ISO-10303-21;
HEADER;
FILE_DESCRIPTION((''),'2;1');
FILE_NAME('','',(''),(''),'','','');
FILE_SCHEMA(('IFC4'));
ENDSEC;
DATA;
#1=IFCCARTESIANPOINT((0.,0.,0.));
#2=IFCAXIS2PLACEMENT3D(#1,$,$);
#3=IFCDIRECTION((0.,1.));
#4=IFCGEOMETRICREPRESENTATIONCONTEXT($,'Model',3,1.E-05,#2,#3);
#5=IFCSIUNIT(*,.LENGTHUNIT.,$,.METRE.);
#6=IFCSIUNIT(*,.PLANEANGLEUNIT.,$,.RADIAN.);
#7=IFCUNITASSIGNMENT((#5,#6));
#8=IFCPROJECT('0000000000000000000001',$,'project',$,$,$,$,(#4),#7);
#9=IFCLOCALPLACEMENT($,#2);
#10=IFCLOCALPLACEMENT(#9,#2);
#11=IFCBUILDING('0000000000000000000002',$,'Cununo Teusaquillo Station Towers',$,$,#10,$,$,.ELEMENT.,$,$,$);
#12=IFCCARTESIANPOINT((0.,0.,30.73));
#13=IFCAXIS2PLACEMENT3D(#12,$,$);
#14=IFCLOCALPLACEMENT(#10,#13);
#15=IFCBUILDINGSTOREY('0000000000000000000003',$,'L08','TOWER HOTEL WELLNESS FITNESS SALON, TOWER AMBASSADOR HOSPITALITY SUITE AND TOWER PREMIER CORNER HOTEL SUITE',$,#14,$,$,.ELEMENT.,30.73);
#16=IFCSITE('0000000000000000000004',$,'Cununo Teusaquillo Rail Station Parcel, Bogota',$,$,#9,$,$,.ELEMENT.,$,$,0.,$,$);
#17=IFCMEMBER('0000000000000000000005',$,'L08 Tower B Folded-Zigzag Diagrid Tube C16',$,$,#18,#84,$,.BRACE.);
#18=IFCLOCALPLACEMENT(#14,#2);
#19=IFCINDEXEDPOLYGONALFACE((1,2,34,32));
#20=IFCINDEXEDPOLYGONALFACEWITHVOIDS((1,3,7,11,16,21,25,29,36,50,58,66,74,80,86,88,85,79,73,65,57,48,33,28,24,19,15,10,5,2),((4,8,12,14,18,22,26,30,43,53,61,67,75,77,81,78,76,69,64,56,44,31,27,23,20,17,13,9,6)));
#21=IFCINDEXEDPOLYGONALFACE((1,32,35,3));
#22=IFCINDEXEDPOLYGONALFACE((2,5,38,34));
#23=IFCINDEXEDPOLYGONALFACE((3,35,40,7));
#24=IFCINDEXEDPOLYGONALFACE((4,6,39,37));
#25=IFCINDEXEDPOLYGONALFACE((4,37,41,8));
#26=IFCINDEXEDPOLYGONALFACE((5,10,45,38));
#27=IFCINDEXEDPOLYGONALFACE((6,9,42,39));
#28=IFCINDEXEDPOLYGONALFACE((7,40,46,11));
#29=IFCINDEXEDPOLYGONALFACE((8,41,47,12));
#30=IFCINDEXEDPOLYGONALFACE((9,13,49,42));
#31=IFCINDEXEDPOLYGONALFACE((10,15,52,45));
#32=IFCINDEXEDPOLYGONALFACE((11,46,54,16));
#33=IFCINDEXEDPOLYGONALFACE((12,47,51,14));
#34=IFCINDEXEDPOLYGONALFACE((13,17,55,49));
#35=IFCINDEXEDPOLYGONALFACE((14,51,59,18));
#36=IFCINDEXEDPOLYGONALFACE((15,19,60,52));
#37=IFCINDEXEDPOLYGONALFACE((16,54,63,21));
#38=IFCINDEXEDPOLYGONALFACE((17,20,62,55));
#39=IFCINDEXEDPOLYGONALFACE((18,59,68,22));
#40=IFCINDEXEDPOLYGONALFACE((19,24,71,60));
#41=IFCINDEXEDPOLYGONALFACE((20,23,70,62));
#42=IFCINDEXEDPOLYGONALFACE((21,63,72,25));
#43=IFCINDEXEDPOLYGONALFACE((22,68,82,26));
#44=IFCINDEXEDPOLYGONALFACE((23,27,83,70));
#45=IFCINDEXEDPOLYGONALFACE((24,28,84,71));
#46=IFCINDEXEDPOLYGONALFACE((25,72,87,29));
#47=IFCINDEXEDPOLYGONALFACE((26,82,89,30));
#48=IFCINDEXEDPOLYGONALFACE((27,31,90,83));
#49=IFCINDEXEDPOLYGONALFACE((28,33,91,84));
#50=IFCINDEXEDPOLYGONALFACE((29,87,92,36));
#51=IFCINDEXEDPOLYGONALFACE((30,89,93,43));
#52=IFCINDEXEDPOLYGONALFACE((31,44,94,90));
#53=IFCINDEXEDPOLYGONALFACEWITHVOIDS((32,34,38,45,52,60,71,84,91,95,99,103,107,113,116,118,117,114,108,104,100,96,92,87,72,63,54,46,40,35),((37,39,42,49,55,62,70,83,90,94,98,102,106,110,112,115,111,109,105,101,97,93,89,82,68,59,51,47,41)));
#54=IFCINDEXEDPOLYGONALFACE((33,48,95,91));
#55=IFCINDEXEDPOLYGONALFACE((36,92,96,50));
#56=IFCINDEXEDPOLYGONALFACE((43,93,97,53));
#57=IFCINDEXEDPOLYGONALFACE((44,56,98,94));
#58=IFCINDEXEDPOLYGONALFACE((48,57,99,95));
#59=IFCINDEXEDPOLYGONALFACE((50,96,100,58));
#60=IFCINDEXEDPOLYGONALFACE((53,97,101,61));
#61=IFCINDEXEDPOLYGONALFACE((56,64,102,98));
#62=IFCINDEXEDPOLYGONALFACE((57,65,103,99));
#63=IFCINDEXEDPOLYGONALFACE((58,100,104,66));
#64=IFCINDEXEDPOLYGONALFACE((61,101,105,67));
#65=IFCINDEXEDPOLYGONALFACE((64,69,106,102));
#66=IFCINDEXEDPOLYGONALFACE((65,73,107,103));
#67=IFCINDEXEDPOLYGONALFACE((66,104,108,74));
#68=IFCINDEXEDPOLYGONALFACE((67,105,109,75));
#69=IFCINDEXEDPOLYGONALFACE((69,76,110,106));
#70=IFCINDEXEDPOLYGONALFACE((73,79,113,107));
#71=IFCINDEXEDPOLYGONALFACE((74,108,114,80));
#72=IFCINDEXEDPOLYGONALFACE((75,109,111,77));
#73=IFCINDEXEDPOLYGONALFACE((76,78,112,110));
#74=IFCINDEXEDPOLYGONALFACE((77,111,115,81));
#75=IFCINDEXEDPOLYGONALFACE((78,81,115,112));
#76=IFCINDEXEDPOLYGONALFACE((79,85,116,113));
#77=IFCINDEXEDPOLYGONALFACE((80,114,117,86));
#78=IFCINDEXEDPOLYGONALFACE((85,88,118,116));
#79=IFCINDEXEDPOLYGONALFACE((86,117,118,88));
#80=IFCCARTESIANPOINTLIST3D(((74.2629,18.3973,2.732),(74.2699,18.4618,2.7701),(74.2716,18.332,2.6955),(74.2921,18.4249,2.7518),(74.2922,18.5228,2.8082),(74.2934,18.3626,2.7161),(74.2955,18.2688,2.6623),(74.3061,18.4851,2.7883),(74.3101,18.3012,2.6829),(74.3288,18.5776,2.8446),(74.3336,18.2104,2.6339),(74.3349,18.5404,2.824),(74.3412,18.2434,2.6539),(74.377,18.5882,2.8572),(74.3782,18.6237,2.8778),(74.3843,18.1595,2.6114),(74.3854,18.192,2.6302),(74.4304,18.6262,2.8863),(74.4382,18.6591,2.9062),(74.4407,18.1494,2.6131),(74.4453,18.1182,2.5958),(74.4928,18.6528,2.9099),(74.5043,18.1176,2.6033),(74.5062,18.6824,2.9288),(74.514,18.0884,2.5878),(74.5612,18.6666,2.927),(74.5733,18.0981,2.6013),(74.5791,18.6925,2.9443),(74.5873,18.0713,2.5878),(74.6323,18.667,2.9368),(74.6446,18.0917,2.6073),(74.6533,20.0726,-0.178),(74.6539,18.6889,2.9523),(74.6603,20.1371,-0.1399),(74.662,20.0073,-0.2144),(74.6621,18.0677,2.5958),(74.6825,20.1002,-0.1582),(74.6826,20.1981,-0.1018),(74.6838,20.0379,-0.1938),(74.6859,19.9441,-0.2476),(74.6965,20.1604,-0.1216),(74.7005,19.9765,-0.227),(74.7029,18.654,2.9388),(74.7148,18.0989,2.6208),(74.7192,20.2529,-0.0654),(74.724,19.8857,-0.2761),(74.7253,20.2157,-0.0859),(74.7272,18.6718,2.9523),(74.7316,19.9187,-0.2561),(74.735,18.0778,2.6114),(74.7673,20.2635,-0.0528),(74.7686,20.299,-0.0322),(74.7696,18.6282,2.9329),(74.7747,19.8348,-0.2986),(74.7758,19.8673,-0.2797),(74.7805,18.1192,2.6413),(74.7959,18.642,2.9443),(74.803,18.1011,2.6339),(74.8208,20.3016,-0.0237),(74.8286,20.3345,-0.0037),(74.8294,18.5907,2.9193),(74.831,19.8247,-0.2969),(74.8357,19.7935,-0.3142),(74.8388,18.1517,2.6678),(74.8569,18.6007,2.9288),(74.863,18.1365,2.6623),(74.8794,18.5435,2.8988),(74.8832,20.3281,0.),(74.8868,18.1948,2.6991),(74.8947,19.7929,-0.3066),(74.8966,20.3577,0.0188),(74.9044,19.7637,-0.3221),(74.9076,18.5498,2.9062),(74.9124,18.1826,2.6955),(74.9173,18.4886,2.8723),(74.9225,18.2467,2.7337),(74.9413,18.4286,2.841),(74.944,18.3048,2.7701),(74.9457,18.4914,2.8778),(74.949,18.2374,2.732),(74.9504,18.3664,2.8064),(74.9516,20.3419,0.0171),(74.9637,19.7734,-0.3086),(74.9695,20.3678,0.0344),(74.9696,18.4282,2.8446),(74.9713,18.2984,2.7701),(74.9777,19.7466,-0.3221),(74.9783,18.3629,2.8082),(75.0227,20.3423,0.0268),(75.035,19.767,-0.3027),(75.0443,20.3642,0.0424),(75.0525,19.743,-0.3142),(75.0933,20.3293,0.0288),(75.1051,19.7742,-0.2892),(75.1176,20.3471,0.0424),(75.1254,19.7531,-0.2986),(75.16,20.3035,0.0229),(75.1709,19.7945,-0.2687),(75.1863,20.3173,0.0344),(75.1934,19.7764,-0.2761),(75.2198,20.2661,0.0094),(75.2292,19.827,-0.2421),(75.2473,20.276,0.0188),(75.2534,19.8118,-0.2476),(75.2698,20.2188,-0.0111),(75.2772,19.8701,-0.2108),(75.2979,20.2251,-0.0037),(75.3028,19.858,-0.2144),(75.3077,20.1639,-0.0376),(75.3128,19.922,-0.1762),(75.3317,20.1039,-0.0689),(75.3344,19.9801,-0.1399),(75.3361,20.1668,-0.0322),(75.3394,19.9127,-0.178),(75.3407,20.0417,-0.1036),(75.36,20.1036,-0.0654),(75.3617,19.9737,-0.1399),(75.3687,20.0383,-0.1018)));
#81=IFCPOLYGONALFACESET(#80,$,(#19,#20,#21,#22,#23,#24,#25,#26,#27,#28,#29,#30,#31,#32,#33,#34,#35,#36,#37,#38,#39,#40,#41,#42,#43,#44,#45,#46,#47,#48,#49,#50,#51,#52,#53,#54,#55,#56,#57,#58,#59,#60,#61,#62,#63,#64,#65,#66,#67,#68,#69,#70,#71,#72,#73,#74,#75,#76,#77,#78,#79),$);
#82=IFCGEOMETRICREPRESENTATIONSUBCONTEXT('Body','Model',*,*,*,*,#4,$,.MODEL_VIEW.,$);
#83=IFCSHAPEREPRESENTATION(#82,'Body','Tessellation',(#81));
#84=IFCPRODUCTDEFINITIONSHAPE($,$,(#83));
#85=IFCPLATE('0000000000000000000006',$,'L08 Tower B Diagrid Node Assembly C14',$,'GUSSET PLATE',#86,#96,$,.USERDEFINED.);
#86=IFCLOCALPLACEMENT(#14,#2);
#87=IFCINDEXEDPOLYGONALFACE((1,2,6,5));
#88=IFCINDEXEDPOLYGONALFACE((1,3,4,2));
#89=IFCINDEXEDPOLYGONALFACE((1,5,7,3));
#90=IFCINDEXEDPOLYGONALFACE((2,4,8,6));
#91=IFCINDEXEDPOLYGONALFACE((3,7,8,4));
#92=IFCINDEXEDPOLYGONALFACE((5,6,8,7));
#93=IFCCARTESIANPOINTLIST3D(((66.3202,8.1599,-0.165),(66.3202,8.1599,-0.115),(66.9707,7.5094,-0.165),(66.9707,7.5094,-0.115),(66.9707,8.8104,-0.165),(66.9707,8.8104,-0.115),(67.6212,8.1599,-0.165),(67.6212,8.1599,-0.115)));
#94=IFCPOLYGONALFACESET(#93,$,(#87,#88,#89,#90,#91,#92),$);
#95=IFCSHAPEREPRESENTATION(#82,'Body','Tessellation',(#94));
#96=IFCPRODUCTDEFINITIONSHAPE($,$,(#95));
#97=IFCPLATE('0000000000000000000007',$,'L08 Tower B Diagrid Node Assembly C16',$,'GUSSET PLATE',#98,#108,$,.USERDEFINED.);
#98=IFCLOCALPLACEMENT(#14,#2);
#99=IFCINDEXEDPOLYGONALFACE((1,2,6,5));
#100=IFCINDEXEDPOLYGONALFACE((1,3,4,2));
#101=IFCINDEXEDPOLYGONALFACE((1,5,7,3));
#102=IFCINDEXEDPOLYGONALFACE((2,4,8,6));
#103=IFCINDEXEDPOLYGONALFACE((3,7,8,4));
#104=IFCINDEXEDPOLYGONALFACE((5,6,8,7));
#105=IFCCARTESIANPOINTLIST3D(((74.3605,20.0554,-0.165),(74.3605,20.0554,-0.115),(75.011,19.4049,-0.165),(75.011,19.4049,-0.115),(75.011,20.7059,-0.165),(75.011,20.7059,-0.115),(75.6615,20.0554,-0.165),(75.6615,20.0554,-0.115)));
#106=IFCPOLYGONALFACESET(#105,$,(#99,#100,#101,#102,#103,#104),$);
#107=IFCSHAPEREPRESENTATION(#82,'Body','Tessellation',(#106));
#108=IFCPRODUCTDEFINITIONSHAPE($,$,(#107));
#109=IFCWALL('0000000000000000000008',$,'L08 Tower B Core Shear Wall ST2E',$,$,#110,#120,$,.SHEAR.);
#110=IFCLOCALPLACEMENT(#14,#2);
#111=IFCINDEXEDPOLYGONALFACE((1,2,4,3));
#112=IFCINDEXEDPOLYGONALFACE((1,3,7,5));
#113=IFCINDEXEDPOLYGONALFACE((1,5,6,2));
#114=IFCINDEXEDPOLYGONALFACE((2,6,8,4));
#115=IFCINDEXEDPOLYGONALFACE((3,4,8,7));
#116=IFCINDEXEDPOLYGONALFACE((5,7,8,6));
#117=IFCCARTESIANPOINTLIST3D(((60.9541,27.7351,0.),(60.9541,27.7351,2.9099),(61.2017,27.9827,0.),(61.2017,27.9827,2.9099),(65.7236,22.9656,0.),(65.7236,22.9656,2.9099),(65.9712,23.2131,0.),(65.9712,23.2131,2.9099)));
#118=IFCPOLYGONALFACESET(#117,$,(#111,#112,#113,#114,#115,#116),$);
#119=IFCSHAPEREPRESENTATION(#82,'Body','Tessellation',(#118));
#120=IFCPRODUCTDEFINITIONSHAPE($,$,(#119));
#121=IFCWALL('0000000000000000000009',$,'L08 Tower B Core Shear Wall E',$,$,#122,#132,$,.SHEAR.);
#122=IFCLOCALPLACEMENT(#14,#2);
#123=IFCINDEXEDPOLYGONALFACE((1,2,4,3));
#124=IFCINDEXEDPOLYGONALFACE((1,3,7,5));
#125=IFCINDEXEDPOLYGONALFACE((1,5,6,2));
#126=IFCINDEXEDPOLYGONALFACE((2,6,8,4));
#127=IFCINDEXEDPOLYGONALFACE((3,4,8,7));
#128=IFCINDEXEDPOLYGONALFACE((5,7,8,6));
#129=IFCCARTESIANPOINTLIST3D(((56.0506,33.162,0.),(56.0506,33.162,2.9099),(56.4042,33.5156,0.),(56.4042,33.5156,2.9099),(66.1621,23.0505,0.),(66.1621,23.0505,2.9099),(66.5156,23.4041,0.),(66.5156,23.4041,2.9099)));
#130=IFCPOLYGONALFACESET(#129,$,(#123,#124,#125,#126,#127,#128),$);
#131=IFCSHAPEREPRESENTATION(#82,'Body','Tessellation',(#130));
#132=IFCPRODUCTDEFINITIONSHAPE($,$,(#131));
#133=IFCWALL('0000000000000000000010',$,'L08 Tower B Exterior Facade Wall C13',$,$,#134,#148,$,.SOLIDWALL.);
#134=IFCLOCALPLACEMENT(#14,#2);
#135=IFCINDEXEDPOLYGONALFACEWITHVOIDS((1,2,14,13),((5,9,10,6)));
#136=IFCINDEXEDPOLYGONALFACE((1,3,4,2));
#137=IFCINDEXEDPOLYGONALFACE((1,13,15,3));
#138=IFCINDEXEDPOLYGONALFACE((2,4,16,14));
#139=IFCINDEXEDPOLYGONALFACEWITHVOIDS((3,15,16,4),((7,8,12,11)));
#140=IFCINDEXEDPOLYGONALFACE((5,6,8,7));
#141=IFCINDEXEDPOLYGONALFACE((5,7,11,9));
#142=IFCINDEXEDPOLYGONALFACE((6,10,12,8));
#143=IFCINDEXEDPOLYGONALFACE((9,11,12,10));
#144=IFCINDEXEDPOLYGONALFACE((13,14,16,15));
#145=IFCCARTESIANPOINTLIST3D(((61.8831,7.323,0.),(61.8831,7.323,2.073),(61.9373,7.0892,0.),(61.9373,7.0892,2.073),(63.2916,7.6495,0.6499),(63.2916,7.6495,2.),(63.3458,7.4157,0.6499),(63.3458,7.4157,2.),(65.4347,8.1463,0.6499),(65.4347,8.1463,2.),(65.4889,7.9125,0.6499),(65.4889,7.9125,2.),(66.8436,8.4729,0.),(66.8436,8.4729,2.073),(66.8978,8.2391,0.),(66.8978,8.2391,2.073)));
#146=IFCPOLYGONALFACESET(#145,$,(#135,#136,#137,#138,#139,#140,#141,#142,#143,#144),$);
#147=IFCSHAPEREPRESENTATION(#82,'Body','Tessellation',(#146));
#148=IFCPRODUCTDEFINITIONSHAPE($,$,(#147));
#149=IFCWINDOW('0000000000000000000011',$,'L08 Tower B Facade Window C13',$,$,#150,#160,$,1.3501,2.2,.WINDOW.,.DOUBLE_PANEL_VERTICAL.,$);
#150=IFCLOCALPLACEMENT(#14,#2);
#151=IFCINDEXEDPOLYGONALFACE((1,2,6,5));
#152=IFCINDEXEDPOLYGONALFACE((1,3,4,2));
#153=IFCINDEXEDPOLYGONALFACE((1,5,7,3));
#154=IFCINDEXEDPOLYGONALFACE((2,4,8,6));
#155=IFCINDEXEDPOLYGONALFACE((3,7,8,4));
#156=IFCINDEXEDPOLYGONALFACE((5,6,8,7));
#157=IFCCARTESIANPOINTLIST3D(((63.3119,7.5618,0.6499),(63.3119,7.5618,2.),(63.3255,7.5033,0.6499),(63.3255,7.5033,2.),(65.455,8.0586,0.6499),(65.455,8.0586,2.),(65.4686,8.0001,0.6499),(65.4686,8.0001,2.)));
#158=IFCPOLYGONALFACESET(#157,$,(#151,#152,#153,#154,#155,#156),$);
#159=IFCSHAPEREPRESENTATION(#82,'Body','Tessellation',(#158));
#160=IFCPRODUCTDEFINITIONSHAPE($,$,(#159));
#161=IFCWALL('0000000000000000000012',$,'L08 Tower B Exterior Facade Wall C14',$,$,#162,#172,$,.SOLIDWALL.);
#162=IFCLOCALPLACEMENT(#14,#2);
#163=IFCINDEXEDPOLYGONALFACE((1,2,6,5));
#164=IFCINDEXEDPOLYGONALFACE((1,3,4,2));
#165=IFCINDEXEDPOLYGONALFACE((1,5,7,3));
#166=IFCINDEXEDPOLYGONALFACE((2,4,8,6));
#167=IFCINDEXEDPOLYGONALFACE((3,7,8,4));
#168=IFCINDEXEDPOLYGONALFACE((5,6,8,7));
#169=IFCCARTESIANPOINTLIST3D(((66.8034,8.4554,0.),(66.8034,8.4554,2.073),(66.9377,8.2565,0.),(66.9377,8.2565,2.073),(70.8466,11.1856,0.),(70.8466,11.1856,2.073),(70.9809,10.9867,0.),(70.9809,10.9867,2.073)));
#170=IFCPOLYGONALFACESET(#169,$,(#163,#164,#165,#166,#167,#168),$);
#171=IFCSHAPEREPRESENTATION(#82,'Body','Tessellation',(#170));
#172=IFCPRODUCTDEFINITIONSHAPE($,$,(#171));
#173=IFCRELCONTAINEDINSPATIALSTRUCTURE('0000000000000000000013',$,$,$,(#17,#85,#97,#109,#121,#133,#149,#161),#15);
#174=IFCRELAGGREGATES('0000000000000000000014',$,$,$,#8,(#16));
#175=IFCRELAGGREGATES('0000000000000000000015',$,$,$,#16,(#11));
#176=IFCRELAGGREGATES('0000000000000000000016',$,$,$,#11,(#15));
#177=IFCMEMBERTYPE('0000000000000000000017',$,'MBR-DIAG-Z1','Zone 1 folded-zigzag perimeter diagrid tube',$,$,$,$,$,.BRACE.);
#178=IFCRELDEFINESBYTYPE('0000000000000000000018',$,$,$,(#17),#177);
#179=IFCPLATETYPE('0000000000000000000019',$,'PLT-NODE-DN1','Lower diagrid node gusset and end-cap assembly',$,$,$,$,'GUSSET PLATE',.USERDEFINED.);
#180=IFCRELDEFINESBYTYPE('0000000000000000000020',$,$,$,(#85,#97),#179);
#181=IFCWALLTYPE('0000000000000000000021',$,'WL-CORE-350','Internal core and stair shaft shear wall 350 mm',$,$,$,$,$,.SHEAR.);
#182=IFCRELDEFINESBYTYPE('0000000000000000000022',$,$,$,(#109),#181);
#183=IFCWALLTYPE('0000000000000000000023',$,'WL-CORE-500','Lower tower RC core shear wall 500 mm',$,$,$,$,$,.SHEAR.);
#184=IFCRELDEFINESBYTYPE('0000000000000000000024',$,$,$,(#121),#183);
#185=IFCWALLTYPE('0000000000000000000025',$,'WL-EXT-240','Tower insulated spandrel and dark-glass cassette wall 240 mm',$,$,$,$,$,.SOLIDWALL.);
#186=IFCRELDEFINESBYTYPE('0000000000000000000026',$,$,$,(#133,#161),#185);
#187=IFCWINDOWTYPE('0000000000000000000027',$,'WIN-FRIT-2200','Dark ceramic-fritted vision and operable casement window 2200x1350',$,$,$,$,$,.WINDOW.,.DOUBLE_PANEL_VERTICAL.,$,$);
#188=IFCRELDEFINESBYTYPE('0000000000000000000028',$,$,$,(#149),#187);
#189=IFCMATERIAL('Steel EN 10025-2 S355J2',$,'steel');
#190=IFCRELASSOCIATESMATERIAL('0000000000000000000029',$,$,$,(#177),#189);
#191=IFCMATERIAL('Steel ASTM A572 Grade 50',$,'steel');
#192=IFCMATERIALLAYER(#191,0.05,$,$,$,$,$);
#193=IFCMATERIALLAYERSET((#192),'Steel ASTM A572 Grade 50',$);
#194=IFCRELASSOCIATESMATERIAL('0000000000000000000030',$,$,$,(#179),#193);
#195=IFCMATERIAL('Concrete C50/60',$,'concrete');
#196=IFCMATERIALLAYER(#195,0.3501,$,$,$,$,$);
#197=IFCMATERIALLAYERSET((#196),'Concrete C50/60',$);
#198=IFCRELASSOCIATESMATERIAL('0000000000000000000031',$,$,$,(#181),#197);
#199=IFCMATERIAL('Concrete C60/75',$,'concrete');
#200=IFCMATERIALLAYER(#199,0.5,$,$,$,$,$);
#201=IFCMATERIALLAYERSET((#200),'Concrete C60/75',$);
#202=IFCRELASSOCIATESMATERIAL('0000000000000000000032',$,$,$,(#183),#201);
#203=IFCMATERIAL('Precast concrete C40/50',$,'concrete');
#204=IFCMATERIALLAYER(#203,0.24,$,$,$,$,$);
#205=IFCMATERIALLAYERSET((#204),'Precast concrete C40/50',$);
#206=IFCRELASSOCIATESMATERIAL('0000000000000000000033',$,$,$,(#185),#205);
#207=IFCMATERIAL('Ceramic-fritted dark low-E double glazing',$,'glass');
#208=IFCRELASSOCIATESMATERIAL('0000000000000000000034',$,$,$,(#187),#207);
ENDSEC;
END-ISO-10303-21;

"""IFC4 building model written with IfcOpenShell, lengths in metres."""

from ifc_helpers import new_model, si_unit, direction, frame, frame_2d, origin, origin_2d, place, context, subcontext, project, spatial, rectangle, hollow_circle, extrude, source, transform, mapped, material, layer, layer_set, material_profile, profile_set, type_object, element, fill, save


model = new_model("IFC4")

# Units and contexts
model_context = context("Model", 3, precision=1e-05, world=origin(), true_north=direction((0.0, 1.0)))
body_context = subcontext(model_context, "Body", "Model", "MODEL_VIEW")
ifc_project = project(units=[si_unit("LENGTHUNIT", "METRE"), si_unit("PLANEANGLEUNIT", "RADIAN")], contexts=[model_context])

# Site, building, storey
site_placement = place(None, origin())
site = spatial("IfcSite", under=ifc_project, at=site_placement, Name="Cununo Teusaquillo Rail Station Parcel, Bogota", CompositionType="ELEMENT", RefElevation=0.0)
building_placement = place(site_placement, origin())
building = spatial("IfcBuilding", under=site, at=building_placement, Name="Cununo Teusaquillo Station Towers", CompositionType="ELEMENT")
storey_placement = place(building_placement, frame((0.0, 0.0, 30.73)))
storey = spatial("IfcBuildingStorey", under=building, at=storey_placement, Name="L08", Description="TOWER HOTEL WELLNESS FITNESS SALON, TOWER AMBASSADOR HOSPITALITY SUITE AND TOWER PREMIER CORNER HOTEL SUITE", CompositionType="ELEMENT", Elevation=30.73)

# Member
ifc_material_1 = material(Name="Steel EN 10025-2 S355J2", Category="steel")
ifc_material_profile_1 = material_profile(ifc_material_1, hollow_circle(Radius=0.3601, WallThickness=0.0281, at=origin_2d()), Name="CHS 720x28")
ifc_profile_set_1 = profile_set([ifc_material_profile_1], Name="Steel EN 10025-2 S355J2")
member_type = type_object("IfcMemberType", Name="MBR-DIAG-Z1", Description="Zone 1 folded-zigzag perimeter diagrid tube", PredefinedType="BRACE", material=ifc_profile_set_1)
member_1_placement = place(storey_placement, frame((75.011, 20.0554, -0.1399), z_axis=(-0.115486, -0.495601, 0.860838), x_axis=(0.973908, -0.226942, 0.0)))
element("IfcMember", 1, at=member_1_placement, inside=storey, type_object=member_type, Name="L08 Tower B Folded-Zigzag Diagrid Tube C16", PredefinedType="BRACE", context=body_context, shape_type="SweptSolid", body=[
    extrude(hollow_circle(Radius=0.3601, WallThickness=0.0281, at=origin_2d()), origin(), (0.0, 0.0, 1.0), 3.3804),
])

# Plates
ifc_material_2 = material(Name="Steel ASTM A572 Grade 50", Category="steel")
ifc_layer_1 = layer(ifc_material_2, 0.05)
ifc_layer_set_1 = layer_set([ifc_layer_1], Name="Steel ASTM A572 Grade 50")
plate_type = type_object("IfcPlateType", Name="PLT-NODE-DN1", Description="Lower diagrid node gusset and end-cap assembly", ElementType="GUSSET PLATE", PredefinedType="USERDEFINED", material=ifc_layer_set_1)
shared_shape_1 = source(origin(), body_context, "Body", "SweptSolid", [
    extrude(rectangle(XDim=0.9199, YDim=0.9199, at=origin_2d()), origin(), (0.0, 0.0, 1.0), 0.05),
])
for number, where, z_axis, x_axis, name in (
    (2, (66.9707, 8.1599, -0.165), (0.0, 0.0, 1.0), (0.707107, 0.707107, 0.0), "L08 Tower B Diagrid Node Assembly C14"),
    (3, (75.011, 20.0554, -0.165), (0.0, 0.0, 1.0), (0.707107, 0.707107, 0.0), "L08 Tower B Diagrid Node Assembly C16"),
):
    element("IfcPlate", number, at=place(storey_placement, frame(where, z_axis=z_axis, x_axis=x_axis)), inside=storey, type_object=plate_type, Name=name, ObjectType="GUSSET PLATE", PredefinedType="USERDEFINED", context=body_context, shape_type="MappedRepresentation", body=[
        mapped(shared_shape_1, transform((0.0, 0.0, 0.0), x_axis=(1.0, 0.0, 0.0), y_axis=(0.0, 1.0, 0.0), z_axis=(0.0, 0.0, 1.0), scale=1.0)),
    ])

# Walls
ifc_material_3 = material(Name="Concrete C50/60", Category="concrete")
ifc_layer_2 = layer(ifc_material_3, 0.3501)
ifc_layer_set_2 = layer_set([ifc_layer_2], Name="Concrete C50/60")
wall_type_1 = type_object("IfcWallType", Name="WL-CORE-350", Description="Internal core and stair shaft shear wall 350 mm", PredefinedType="SHEAR", material=ifc_layer_set_2)
wall_1_placement = place(storey_placement, frame((65.8474, 23.0894, 0.0), z_axis=(0.0, 0.0, 1.0), x_axis=(-0.707107, 0.707107, 0.0)))
element("IfcWall", 4, at=wall_1_placement, inside=storey, type_object=wall_type_1, Name="L08 Tower B Core Shear Wall ST2E", PredefinedType="SHEAR", context=body_context, shape_type="SweptSolid", body=[
    extrude(rectangle(XDim=6.7451, YDim=0.3501, at=frame_2d((3.3726, 0.0))), origin(), (0.0, 0.0, 1.0), 2.9099),
])
ifc_material_4 = material(Name="Concrete C60/75", Category="concrete")
ifc_layer_3 = layer(ifc_material_4, 0.5)
ifc_layer_set_3 = layer_set([ifc_layer_3], Name="Concrete C60/75")
wall_type_2 = type_object("IfcWallType", Name="WL-CORE-500", Description="Lower tower RC core shear wall 500 mm", PredefinedType="SHEAR", material=ifc_layer_set_3)
wall_2_placement = place(storey_placement, frame((66.3389, 23.2273, 0.0), z_axis=(0.0, 0.0, 1.0), x_axis=(-0.707107, 0.707107, 0.0)))
element("IfcWall", 5, at=wall_2_placement, inside=storey, type_object=wall_type_2, Name="L08 Tower B Core Shear Wall E", PredefinedType="SHEAR", context=body_context, shape_type="SweptSolid", body=[
    extrude(rectangle(XDim=14.2998, YDim=0.5, at=frame_2d((7.1499, 0.0))), origin(), (0.0, 0.0, 1.0), 2.9099),
])

# Wall, opening, window
ifc_material_5 = material(Name="Precast concrete C40/50", Category="concrete")
ifc_layer_4 = layer(ifc_material_5, 0.24)
ifc_layer_set_4 = layer_set([ifc_layer_4], Name="Precast concrete C40/50")
wall_type_3 = type_object("IfcWallType", Name="WL-EXT-240", Description="Tower insulated spandrel and dark-glass cassette wall 240 mm", PredefinedType="SOLIDWALL", material=ifc_layer_set_4)
wall_3_placement = place(storey_placement, frame((66.8706, 8.356, 0.0), z_axis=(0.0, 0.0, 1.0), x_axis=(-0.974168, -0.225826, 0.0)))
wall_3 = element("IfcWall", 6, at=wall_3_placement, inside=storey, type_object=wall_type_3, Name="L08 Tower B Exterior Facade Wall C13", PredefinedType="SOLIDWALL", context=body_context, shape_type="SweptSolid", body=[
    extrude(rectangle(XDim=5.092, YDim=0.24, at=frame_2d((2.5459, 0.0))), origin(), (0.0, 0.0, 1.0), 2.073),
])
shared_shape_2 = source(origin(), body_context, "Body", "SweptSolid", [
    extrude(rectangle(XDim=2.2, YDim=1.3501, at=frame_2d((1.1001, 0.675))), frame((0.0, 0.1299, 0.0), z_axis=(0.0, -1.0, 0.0), x_axis=(1.0, 0.0, 0.0)), (0.0, 0.0, 1.0), 0.26),
])
opening_1_placement = place(wall_3_placement, frame((1.446, 0.0, 0.6499)))
opening_1 = element("IfcOpeningElement", 7, at=opening_1_placement, cuts=wall_3, PredefinedType="OPENING", context=body_context, shape_type="MappedRepresentation", body=[
    mapped(shared_shape_2, transform((0.0, 0.0, 0.0), x_axis=(1.0, 0.0, 0.0), y_axis=(0.0, 1.0, 0.0), z_axis=(0.0, 0.0, 1.0), scale=1.0)),
])
ifc_material_6 = material(Name="Ceramic-fritted dark low-E double glazing", Category="glass")
window_type_1 = type_object("IfcWindowType", Name="WIN-FRIT-2200", Description="Dark ceramic-fritted vision and operable casement window 2200x1350", PartitioningType="DOUBLE_PANEL_VERTICAL", PredefinedType="WINDOW", material=ifc_material_6)
shared_shape_3 = source(origin(), body_context, "Body", "SweptSolid", [
    extrude(rectangle(XDim=2.2, YDim=1.3501, at=frame_2d((1.1001, 0.675))), frame((0.0, 0.03, 0.0), z_axis=(0.0, -1.0, 0.0), x_axis=(1.0, 0.0, 0.0)), (0.0, 0.0, 1.0), 0.0601),
])
window_1_placement = place(opening_1_placement, origin())
window_1 = element("IfcWindow", 8, at=window_1_placement, inside=storey, type_object=window_type_1, Name="L08 Tower B Facade Window C13", OverallHeight=1.3501, OverallWidth=2.2, PartitioningType="DOUBLE_PANEL_VERTICAL", PredefinedType="WINDOW", context=body_context, shape_type="MappedRepresentation", body=[
    mapped(shared_shape_3, transform((0.0, 0.0, 0.0), x_axis=(1.0, 0.0, 0.0), y_axis=(0.0, 1.0, 0.0), z_axis=(0.0, 0.0, 1.0), scale=1.0)),
])
fill(opening_1, window_1)

# Wall
wall_4_placement = place(storey_placement, frame((70.9138, 11.0862, 0.0), z_axis=(0.0, 0.0, 1.0), x_axis=(-0.828748, -0.559622, 0.0)))
element("IfcWall", 9, at=wall_4_placement, inside=storey, type_object=wall_type_3, Name="L08 Tower B Exterior Facade Wall C14", PredefinedType="SOLIDWALL", context=body_context, shape_type="SweptSolid", body=[
    extrude(rectangle(XDim=4.8787, YDim=0.24, at=frame_2d((2.4395, 0.0))), origin(), (0.0, 0.0, 1.0), 2.073),
])

save(model, "model.ifc")
